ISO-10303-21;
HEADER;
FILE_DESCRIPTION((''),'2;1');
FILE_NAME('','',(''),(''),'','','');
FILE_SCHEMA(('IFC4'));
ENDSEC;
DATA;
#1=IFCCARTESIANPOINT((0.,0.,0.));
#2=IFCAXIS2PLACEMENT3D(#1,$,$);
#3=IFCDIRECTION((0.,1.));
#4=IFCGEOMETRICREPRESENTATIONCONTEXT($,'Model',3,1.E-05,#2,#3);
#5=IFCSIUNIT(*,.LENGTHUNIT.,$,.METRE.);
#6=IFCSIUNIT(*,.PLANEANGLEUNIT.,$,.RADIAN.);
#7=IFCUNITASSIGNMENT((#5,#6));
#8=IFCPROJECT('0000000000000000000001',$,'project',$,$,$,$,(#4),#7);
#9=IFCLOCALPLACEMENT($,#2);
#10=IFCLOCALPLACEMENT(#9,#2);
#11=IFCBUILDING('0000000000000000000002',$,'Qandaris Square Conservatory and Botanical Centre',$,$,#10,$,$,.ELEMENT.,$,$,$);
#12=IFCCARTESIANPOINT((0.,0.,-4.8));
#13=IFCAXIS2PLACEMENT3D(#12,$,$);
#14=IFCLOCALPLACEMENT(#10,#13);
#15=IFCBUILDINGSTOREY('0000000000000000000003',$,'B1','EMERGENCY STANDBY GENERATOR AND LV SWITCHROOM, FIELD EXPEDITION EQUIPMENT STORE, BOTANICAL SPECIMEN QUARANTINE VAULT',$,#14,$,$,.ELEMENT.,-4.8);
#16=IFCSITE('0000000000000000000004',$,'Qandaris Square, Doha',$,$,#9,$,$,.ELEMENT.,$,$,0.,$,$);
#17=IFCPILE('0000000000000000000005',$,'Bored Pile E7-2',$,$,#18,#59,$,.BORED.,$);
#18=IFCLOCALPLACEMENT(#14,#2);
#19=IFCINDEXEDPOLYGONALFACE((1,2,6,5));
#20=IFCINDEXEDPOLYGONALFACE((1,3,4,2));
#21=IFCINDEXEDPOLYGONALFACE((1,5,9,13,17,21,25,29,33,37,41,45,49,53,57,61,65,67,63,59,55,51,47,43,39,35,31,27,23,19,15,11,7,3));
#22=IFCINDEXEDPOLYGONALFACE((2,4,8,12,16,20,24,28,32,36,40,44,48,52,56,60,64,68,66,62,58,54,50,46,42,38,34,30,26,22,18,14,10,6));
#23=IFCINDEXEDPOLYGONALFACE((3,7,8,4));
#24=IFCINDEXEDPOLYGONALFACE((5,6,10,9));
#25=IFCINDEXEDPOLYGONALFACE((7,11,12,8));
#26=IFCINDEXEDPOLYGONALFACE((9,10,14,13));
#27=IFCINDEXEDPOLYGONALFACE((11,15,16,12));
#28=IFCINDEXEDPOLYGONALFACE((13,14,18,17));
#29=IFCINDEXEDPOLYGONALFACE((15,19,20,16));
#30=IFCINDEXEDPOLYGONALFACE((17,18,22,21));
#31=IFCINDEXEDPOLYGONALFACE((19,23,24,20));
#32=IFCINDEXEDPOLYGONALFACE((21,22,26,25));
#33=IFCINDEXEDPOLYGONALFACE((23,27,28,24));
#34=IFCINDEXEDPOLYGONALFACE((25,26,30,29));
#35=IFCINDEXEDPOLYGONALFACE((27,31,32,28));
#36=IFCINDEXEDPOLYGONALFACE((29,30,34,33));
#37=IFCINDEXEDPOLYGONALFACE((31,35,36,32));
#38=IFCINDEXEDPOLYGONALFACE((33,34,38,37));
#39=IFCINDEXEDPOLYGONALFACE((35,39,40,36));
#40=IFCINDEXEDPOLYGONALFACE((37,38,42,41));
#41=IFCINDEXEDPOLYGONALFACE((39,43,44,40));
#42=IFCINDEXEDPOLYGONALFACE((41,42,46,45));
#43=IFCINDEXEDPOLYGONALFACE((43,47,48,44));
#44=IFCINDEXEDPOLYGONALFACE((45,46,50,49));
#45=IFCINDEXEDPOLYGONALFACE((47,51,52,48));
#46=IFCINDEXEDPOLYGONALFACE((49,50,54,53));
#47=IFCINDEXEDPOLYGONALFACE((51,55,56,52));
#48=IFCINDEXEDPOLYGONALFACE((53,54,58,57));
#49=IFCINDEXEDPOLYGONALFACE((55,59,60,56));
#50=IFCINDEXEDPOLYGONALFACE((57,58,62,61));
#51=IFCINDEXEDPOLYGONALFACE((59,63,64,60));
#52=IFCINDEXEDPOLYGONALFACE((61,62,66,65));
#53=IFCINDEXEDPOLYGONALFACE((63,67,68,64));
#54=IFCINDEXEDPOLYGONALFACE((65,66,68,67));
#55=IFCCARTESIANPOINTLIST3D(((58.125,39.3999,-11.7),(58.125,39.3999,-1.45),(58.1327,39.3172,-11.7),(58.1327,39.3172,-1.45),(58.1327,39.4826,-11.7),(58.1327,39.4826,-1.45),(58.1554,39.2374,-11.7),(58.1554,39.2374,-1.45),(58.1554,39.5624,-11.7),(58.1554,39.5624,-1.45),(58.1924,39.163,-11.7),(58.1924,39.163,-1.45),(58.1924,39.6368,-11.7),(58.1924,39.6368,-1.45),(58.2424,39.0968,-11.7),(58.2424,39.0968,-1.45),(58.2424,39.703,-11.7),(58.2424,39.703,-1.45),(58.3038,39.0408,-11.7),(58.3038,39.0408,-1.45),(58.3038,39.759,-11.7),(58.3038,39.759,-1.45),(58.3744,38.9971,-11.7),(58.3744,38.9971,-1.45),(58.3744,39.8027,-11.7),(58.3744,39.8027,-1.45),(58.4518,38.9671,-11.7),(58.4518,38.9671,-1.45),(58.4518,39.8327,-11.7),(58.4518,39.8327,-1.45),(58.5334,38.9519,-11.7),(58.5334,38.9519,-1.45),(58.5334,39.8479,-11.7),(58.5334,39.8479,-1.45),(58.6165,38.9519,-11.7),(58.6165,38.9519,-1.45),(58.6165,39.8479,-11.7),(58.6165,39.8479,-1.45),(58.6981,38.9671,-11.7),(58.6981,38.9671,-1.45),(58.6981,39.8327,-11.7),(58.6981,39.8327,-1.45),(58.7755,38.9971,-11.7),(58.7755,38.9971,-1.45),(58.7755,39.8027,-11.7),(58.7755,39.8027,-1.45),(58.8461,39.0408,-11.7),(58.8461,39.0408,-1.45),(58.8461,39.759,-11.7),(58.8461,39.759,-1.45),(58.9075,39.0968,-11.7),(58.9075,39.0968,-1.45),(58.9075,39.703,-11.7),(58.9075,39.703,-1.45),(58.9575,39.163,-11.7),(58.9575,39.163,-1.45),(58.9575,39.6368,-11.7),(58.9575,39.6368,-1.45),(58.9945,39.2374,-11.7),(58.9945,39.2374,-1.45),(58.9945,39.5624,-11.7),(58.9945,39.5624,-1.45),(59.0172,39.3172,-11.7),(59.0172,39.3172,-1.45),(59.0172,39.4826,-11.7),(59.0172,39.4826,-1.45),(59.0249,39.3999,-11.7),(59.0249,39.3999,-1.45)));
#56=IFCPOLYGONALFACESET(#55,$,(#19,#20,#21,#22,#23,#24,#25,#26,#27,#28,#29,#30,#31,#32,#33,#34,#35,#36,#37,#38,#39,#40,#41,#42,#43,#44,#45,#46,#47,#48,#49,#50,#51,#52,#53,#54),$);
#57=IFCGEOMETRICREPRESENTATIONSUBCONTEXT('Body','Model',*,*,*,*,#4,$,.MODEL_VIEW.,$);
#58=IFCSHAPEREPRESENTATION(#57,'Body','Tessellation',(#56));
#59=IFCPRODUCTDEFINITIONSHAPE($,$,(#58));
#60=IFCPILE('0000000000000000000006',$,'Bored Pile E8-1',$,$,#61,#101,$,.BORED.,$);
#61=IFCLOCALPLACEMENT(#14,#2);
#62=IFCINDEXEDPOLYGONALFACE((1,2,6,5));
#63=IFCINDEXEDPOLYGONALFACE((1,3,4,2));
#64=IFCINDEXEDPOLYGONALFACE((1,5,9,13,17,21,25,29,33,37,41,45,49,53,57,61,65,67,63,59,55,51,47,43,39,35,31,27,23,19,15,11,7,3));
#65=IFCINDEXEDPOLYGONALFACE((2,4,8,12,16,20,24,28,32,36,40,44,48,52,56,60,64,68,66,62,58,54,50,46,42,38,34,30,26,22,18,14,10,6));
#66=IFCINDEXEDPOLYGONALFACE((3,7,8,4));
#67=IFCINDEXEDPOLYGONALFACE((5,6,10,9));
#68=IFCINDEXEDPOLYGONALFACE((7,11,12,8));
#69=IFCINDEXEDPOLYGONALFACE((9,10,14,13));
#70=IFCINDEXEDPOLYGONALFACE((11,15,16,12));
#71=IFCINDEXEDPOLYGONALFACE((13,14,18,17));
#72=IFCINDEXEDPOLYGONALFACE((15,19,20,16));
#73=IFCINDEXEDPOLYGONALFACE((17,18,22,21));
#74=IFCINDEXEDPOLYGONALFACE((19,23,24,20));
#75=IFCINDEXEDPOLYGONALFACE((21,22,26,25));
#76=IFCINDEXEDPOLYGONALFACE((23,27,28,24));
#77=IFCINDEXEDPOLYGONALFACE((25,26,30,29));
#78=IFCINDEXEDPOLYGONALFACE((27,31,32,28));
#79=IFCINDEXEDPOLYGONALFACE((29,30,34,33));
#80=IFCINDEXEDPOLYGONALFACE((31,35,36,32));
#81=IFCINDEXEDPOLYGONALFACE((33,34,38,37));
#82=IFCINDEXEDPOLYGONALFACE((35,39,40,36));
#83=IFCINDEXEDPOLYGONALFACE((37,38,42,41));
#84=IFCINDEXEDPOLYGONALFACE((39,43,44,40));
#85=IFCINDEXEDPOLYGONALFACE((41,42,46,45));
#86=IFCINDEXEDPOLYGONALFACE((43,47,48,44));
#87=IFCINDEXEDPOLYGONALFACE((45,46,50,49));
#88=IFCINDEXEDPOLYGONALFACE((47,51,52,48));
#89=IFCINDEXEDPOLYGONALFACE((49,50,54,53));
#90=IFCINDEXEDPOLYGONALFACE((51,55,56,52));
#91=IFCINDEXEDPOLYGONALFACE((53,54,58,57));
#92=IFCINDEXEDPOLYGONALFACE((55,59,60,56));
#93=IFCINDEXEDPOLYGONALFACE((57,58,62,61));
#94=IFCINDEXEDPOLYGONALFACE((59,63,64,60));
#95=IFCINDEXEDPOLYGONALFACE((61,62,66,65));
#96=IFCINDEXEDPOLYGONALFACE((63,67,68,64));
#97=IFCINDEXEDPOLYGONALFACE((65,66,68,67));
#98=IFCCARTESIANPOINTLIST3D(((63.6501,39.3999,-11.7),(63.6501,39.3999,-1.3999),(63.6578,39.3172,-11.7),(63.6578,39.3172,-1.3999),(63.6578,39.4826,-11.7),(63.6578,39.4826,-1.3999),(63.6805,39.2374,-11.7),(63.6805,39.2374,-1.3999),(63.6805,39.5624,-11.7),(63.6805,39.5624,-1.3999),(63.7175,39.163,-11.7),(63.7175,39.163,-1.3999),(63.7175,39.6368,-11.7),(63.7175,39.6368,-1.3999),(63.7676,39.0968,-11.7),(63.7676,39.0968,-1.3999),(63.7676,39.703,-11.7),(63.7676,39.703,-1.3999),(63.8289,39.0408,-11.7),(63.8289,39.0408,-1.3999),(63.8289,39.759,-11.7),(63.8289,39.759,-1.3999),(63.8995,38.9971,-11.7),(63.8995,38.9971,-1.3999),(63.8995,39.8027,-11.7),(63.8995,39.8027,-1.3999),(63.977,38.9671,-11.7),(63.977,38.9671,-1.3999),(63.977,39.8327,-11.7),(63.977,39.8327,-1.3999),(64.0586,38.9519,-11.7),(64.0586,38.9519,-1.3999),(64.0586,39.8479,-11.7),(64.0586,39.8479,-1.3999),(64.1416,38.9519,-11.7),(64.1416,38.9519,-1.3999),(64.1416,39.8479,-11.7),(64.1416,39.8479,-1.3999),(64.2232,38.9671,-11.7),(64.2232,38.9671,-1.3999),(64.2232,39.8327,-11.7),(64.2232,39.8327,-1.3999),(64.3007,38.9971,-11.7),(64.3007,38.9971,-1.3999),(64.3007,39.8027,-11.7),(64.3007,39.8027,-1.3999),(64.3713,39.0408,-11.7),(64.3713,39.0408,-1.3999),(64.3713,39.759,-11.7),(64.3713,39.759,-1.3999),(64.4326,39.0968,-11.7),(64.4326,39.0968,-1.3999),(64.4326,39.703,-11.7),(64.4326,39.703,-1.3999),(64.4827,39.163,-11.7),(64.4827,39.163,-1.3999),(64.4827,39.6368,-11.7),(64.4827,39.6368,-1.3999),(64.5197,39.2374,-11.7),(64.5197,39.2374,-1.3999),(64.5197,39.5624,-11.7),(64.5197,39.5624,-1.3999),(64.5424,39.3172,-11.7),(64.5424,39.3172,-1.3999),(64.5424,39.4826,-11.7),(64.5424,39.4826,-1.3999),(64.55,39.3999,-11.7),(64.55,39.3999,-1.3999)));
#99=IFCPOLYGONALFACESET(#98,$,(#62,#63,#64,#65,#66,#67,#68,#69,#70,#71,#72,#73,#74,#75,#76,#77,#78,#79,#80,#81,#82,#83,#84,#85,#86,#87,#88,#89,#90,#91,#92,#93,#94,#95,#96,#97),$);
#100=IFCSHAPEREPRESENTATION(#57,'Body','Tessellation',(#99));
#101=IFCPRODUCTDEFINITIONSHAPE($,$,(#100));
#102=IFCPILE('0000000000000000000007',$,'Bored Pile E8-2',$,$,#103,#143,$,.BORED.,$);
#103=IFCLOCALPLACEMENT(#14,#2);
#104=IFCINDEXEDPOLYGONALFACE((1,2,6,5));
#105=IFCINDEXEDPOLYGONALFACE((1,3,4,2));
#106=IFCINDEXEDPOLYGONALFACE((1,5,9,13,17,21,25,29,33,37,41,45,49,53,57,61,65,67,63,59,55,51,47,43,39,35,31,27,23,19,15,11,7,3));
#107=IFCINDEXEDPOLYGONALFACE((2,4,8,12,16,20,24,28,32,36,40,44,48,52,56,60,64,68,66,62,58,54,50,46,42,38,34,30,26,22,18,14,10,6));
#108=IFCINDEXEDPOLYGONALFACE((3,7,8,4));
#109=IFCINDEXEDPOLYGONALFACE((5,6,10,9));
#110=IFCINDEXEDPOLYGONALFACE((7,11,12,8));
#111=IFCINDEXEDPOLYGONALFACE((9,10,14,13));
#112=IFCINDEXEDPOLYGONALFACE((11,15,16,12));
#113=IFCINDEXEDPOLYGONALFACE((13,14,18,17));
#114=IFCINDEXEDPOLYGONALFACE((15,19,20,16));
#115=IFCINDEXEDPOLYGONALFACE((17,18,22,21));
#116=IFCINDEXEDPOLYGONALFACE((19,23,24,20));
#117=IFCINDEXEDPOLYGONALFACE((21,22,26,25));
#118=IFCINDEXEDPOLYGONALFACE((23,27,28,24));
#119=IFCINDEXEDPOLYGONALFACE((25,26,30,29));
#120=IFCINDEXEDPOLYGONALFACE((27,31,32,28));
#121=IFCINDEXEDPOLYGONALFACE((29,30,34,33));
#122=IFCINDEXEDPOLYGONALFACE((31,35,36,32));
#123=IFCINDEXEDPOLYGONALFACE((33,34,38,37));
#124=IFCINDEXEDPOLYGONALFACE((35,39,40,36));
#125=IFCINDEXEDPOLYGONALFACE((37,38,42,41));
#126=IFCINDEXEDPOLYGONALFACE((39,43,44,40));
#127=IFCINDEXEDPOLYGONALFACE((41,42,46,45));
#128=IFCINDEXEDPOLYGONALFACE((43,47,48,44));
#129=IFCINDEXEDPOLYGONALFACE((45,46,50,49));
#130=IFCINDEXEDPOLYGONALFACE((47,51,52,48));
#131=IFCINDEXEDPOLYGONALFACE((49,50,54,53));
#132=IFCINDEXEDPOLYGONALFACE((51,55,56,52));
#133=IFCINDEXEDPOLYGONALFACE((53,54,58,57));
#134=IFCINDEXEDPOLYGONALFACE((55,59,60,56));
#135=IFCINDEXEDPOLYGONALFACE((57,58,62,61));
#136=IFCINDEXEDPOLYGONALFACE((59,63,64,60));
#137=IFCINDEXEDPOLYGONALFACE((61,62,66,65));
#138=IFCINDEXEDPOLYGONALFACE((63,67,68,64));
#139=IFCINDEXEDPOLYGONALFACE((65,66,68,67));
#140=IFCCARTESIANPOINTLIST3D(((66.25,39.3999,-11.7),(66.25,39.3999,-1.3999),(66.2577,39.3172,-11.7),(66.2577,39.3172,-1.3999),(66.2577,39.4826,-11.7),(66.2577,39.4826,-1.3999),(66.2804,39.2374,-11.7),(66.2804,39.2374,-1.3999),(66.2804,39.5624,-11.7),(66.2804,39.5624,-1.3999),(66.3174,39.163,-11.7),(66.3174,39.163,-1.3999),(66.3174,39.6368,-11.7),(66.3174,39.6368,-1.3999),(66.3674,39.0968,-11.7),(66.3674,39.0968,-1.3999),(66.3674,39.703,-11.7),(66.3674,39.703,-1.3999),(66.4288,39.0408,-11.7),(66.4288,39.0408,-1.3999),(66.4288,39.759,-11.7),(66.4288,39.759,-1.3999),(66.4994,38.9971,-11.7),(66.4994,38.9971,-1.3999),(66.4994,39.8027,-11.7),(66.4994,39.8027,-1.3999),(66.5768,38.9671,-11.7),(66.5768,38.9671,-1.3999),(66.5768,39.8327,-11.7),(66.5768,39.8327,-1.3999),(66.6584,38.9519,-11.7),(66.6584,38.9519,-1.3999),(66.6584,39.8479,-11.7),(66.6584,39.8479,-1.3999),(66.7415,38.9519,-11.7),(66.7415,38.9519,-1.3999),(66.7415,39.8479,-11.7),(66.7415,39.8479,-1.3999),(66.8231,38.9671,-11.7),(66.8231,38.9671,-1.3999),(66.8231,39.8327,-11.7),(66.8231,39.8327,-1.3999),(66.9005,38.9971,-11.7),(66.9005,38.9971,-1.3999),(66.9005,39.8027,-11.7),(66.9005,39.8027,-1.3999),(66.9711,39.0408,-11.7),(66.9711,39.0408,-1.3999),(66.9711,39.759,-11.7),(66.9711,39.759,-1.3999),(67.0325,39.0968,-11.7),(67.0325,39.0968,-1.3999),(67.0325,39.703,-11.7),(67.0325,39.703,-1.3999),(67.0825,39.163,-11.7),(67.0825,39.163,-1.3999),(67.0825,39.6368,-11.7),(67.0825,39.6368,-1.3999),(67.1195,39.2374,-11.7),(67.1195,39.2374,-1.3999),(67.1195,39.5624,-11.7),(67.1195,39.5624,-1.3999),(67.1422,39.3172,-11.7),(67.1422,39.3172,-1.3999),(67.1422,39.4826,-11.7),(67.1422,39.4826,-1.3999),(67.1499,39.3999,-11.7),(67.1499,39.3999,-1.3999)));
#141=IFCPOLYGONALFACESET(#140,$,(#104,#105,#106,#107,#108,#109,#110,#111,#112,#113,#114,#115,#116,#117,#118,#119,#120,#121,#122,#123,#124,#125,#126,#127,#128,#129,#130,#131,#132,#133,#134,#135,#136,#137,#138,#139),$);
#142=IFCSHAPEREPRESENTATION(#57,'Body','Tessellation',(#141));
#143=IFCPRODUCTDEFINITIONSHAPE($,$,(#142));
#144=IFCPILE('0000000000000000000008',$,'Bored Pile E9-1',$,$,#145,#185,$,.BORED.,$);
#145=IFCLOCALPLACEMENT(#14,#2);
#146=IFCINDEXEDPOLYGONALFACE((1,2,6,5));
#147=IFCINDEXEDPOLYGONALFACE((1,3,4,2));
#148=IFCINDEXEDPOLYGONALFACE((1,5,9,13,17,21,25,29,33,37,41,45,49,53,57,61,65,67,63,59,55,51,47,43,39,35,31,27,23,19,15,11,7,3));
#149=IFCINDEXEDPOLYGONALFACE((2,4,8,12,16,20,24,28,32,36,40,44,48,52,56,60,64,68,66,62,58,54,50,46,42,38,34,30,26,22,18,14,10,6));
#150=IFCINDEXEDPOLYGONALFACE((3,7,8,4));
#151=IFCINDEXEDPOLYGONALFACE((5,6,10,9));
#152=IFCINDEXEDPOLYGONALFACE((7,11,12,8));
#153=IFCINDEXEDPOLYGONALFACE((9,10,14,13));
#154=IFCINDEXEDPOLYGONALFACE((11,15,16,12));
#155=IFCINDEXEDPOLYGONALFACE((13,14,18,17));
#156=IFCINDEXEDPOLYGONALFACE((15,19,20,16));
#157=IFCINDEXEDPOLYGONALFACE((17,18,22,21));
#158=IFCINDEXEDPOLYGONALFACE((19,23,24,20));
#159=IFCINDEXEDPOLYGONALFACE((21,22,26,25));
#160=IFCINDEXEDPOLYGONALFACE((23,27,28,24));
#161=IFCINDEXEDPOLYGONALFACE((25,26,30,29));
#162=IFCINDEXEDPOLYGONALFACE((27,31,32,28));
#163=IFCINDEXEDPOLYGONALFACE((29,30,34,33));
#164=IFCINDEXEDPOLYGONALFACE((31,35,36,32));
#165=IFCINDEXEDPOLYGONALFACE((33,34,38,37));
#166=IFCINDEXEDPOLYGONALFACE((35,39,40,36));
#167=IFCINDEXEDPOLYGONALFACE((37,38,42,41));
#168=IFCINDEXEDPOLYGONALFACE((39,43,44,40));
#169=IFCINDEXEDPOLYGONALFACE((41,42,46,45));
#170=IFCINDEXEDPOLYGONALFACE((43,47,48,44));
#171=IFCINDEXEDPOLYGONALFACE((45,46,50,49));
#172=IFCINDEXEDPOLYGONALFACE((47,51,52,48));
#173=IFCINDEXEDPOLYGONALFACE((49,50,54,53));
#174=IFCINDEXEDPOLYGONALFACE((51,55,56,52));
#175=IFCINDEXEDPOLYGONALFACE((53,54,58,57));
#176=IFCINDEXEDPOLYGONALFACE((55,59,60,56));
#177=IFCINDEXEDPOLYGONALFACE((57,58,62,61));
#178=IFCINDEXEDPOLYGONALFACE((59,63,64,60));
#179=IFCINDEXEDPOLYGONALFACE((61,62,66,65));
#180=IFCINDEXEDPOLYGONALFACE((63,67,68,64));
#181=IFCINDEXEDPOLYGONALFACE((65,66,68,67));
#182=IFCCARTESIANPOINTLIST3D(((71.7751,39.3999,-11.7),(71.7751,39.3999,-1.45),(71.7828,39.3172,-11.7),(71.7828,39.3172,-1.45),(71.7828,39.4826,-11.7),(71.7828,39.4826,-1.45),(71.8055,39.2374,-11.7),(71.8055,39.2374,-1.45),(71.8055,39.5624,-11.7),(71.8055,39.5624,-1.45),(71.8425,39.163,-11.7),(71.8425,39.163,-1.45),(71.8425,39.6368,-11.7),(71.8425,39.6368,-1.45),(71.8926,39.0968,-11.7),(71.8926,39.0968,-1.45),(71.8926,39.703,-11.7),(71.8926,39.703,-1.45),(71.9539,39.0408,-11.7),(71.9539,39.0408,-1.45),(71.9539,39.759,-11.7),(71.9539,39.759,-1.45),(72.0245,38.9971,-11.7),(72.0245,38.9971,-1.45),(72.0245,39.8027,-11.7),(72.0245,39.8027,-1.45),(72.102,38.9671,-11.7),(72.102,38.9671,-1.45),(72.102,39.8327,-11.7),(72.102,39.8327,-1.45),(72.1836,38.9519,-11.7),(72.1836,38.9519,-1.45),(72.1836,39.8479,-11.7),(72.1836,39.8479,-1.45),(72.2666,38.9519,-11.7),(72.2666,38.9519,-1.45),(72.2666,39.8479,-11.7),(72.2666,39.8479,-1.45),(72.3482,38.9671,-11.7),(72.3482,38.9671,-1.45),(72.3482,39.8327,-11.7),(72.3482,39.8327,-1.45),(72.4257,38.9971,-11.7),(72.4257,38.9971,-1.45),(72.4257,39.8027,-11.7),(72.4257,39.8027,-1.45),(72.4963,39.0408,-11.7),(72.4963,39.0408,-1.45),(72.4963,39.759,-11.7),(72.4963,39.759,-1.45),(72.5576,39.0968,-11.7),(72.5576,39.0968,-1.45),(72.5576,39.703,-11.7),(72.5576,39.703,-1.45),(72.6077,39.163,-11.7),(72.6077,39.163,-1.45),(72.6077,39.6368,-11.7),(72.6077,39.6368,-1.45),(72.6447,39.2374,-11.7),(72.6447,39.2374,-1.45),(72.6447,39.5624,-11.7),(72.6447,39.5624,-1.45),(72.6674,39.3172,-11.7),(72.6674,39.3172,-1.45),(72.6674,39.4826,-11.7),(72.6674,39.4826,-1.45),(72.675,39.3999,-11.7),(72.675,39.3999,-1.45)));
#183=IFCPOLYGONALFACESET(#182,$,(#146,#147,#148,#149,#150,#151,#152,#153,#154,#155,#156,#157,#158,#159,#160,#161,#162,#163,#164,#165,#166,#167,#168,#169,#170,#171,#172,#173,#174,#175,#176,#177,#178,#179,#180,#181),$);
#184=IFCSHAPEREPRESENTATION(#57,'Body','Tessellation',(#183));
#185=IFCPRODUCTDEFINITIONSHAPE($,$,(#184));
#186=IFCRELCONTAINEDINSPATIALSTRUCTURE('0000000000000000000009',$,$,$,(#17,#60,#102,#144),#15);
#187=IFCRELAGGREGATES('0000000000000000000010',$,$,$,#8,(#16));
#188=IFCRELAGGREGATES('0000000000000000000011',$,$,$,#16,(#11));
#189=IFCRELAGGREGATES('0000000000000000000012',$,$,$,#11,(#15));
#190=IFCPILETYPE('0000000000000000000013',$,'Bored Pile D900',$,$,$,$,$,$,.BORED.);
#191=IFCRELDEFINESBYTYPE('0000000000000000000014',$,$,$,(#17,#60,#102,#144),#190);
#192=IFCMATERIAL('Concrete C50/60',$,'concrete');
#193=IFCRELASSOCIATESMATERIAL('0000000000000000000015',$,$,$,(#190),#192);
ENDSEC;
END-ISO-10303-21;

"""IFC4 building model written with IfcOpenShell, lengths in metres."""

from ifc_helpers import new_model, si_unit, direction, frame, origin, origin_2d, place, context, subcontext, project, spatial, circle, extrude, material, material_profile, profile_set, type_object, element, save


model = new_model("IFC4")

# Units and contexts
model_context = context("Model", 3, precision=1e-05, world=origin(), true_north=direction((0.0, 1.0)))
body_context = subcontext(model_context, "Body", "Model", "MODEL_VIEW")
ifc_project = project(units=[si_unit("LENGTHUNIT", "METRE"), si_unit("PLANEANGLEUNIT", "RADIAN")], contexts=[model_context])

# Site, building, storey
site_placement = place(None, origin())
site = spatial("IfcSite", under=ifc_project, at=site_placement, Name="Qandaris Square, Doha", CompositionType="ELEMENT", RefElevation=0.0)
building_placement = place(site_placement, origin())
building = spatial("IfcBuilding", under=site, at=building_placement, Name="Qandaris Square Conservatory and Botanical Centre", CompositionType="ELEMENT")
storey_placement = place(building_placement, frame((0.0, 0.0, -4.8)))
storey = spatial("IfcBuildingStorey", under=building, at=storey_placement, Name="B1", Description="EMERGENCY STANDBY GENERATOR AND LV SWITCHROOM, FIELD EXPEDITION EQUIPMENT STORE, BOTANICAL SPECIMEN QUARANTINE VAULT", CompositionType="ELEMENT", Elevation=-4.8)

# Piles
ifc_material_1 = material(Name="Concrete C50/60", Category="concrete")
ifc_material_profile_1 = material_profile(ifc_material_1, circle(Radius=0.45, at=origin_2d()), Name="PILE D900")
ifc_profile_set_1 = profile_set([ifc_material_profile_1], Name="Concrete C50/60")
pile_type = type_object("IfcPileType", Name="Bored Pile D900", PredefinedType="BORED", material=ifc_profile_set_1)
pile_placement = place(storey_placement, frame((58.575, 39.3999, -1.45), z_axis=(0.0, 0.0, -1.0), x_axis=(1.0, 0.0, 0.0)))
element("IfcPile", 1, at=pile_placement, inside=storey, type_object=pile_type, Name="Bored Pile E7-2", PredefinedType="BORED", context=body_context, shape_type="SweptSolid", body=[
    extrude(circle(Radius=0.45, at=origin_2d()), origin(), (0.0, 0.0, 1.0), 10.25),
])
for number, where, z_axis, x_axis, name in (
    (2, (64.1001, 39.3999, -1.3999), (0.0, 0.0, -1.0), (1.0, 0.0, 0.0), "Bored Pile E8-1"),
    (3, (66.7, 39.3999, -1.3999), (0.0, 0.0, -1.0), (1.0, 0.0, 0.0), "Bored Pile E8-2"),
):
    element("IfcPile", number, at=place(storey_placement, frame(where, z_axis=z_axis, x_axis=x_axis)), inside=storey, type_object=pile_type, Name=name, PredefinedType="BORED", context=body_context, shape_type="SweptSolid", body=[
        extrude(circle(Radius=0.45, at=origin_2d()), origin(), (0.0, 0.0, 1.0), 10.3),
    ])
for number, where, z_axis, x_axis, name in (
    (4, (72.2251, 39.3999, -1.45), (0.0, 0.0, -1.0), (1.0, 0.0, 0.0), "Bored Pile E9-1"),
):
    element("IfcPile", number, at=place(storey_placement, frame(where, z_axis=z_axis, x_axis=x_axis)), inside=storey, type_object=pile_type, Name=name, PredefinedType="BORED", context=body_context, shape_type="SweptSolid", body=[
        extrude(circle(Radius=0.45, at=origin_2d()), origin(), (0.0, 0.0, 1.0), 10.25),
    ])

save(model, "model.ifc")
